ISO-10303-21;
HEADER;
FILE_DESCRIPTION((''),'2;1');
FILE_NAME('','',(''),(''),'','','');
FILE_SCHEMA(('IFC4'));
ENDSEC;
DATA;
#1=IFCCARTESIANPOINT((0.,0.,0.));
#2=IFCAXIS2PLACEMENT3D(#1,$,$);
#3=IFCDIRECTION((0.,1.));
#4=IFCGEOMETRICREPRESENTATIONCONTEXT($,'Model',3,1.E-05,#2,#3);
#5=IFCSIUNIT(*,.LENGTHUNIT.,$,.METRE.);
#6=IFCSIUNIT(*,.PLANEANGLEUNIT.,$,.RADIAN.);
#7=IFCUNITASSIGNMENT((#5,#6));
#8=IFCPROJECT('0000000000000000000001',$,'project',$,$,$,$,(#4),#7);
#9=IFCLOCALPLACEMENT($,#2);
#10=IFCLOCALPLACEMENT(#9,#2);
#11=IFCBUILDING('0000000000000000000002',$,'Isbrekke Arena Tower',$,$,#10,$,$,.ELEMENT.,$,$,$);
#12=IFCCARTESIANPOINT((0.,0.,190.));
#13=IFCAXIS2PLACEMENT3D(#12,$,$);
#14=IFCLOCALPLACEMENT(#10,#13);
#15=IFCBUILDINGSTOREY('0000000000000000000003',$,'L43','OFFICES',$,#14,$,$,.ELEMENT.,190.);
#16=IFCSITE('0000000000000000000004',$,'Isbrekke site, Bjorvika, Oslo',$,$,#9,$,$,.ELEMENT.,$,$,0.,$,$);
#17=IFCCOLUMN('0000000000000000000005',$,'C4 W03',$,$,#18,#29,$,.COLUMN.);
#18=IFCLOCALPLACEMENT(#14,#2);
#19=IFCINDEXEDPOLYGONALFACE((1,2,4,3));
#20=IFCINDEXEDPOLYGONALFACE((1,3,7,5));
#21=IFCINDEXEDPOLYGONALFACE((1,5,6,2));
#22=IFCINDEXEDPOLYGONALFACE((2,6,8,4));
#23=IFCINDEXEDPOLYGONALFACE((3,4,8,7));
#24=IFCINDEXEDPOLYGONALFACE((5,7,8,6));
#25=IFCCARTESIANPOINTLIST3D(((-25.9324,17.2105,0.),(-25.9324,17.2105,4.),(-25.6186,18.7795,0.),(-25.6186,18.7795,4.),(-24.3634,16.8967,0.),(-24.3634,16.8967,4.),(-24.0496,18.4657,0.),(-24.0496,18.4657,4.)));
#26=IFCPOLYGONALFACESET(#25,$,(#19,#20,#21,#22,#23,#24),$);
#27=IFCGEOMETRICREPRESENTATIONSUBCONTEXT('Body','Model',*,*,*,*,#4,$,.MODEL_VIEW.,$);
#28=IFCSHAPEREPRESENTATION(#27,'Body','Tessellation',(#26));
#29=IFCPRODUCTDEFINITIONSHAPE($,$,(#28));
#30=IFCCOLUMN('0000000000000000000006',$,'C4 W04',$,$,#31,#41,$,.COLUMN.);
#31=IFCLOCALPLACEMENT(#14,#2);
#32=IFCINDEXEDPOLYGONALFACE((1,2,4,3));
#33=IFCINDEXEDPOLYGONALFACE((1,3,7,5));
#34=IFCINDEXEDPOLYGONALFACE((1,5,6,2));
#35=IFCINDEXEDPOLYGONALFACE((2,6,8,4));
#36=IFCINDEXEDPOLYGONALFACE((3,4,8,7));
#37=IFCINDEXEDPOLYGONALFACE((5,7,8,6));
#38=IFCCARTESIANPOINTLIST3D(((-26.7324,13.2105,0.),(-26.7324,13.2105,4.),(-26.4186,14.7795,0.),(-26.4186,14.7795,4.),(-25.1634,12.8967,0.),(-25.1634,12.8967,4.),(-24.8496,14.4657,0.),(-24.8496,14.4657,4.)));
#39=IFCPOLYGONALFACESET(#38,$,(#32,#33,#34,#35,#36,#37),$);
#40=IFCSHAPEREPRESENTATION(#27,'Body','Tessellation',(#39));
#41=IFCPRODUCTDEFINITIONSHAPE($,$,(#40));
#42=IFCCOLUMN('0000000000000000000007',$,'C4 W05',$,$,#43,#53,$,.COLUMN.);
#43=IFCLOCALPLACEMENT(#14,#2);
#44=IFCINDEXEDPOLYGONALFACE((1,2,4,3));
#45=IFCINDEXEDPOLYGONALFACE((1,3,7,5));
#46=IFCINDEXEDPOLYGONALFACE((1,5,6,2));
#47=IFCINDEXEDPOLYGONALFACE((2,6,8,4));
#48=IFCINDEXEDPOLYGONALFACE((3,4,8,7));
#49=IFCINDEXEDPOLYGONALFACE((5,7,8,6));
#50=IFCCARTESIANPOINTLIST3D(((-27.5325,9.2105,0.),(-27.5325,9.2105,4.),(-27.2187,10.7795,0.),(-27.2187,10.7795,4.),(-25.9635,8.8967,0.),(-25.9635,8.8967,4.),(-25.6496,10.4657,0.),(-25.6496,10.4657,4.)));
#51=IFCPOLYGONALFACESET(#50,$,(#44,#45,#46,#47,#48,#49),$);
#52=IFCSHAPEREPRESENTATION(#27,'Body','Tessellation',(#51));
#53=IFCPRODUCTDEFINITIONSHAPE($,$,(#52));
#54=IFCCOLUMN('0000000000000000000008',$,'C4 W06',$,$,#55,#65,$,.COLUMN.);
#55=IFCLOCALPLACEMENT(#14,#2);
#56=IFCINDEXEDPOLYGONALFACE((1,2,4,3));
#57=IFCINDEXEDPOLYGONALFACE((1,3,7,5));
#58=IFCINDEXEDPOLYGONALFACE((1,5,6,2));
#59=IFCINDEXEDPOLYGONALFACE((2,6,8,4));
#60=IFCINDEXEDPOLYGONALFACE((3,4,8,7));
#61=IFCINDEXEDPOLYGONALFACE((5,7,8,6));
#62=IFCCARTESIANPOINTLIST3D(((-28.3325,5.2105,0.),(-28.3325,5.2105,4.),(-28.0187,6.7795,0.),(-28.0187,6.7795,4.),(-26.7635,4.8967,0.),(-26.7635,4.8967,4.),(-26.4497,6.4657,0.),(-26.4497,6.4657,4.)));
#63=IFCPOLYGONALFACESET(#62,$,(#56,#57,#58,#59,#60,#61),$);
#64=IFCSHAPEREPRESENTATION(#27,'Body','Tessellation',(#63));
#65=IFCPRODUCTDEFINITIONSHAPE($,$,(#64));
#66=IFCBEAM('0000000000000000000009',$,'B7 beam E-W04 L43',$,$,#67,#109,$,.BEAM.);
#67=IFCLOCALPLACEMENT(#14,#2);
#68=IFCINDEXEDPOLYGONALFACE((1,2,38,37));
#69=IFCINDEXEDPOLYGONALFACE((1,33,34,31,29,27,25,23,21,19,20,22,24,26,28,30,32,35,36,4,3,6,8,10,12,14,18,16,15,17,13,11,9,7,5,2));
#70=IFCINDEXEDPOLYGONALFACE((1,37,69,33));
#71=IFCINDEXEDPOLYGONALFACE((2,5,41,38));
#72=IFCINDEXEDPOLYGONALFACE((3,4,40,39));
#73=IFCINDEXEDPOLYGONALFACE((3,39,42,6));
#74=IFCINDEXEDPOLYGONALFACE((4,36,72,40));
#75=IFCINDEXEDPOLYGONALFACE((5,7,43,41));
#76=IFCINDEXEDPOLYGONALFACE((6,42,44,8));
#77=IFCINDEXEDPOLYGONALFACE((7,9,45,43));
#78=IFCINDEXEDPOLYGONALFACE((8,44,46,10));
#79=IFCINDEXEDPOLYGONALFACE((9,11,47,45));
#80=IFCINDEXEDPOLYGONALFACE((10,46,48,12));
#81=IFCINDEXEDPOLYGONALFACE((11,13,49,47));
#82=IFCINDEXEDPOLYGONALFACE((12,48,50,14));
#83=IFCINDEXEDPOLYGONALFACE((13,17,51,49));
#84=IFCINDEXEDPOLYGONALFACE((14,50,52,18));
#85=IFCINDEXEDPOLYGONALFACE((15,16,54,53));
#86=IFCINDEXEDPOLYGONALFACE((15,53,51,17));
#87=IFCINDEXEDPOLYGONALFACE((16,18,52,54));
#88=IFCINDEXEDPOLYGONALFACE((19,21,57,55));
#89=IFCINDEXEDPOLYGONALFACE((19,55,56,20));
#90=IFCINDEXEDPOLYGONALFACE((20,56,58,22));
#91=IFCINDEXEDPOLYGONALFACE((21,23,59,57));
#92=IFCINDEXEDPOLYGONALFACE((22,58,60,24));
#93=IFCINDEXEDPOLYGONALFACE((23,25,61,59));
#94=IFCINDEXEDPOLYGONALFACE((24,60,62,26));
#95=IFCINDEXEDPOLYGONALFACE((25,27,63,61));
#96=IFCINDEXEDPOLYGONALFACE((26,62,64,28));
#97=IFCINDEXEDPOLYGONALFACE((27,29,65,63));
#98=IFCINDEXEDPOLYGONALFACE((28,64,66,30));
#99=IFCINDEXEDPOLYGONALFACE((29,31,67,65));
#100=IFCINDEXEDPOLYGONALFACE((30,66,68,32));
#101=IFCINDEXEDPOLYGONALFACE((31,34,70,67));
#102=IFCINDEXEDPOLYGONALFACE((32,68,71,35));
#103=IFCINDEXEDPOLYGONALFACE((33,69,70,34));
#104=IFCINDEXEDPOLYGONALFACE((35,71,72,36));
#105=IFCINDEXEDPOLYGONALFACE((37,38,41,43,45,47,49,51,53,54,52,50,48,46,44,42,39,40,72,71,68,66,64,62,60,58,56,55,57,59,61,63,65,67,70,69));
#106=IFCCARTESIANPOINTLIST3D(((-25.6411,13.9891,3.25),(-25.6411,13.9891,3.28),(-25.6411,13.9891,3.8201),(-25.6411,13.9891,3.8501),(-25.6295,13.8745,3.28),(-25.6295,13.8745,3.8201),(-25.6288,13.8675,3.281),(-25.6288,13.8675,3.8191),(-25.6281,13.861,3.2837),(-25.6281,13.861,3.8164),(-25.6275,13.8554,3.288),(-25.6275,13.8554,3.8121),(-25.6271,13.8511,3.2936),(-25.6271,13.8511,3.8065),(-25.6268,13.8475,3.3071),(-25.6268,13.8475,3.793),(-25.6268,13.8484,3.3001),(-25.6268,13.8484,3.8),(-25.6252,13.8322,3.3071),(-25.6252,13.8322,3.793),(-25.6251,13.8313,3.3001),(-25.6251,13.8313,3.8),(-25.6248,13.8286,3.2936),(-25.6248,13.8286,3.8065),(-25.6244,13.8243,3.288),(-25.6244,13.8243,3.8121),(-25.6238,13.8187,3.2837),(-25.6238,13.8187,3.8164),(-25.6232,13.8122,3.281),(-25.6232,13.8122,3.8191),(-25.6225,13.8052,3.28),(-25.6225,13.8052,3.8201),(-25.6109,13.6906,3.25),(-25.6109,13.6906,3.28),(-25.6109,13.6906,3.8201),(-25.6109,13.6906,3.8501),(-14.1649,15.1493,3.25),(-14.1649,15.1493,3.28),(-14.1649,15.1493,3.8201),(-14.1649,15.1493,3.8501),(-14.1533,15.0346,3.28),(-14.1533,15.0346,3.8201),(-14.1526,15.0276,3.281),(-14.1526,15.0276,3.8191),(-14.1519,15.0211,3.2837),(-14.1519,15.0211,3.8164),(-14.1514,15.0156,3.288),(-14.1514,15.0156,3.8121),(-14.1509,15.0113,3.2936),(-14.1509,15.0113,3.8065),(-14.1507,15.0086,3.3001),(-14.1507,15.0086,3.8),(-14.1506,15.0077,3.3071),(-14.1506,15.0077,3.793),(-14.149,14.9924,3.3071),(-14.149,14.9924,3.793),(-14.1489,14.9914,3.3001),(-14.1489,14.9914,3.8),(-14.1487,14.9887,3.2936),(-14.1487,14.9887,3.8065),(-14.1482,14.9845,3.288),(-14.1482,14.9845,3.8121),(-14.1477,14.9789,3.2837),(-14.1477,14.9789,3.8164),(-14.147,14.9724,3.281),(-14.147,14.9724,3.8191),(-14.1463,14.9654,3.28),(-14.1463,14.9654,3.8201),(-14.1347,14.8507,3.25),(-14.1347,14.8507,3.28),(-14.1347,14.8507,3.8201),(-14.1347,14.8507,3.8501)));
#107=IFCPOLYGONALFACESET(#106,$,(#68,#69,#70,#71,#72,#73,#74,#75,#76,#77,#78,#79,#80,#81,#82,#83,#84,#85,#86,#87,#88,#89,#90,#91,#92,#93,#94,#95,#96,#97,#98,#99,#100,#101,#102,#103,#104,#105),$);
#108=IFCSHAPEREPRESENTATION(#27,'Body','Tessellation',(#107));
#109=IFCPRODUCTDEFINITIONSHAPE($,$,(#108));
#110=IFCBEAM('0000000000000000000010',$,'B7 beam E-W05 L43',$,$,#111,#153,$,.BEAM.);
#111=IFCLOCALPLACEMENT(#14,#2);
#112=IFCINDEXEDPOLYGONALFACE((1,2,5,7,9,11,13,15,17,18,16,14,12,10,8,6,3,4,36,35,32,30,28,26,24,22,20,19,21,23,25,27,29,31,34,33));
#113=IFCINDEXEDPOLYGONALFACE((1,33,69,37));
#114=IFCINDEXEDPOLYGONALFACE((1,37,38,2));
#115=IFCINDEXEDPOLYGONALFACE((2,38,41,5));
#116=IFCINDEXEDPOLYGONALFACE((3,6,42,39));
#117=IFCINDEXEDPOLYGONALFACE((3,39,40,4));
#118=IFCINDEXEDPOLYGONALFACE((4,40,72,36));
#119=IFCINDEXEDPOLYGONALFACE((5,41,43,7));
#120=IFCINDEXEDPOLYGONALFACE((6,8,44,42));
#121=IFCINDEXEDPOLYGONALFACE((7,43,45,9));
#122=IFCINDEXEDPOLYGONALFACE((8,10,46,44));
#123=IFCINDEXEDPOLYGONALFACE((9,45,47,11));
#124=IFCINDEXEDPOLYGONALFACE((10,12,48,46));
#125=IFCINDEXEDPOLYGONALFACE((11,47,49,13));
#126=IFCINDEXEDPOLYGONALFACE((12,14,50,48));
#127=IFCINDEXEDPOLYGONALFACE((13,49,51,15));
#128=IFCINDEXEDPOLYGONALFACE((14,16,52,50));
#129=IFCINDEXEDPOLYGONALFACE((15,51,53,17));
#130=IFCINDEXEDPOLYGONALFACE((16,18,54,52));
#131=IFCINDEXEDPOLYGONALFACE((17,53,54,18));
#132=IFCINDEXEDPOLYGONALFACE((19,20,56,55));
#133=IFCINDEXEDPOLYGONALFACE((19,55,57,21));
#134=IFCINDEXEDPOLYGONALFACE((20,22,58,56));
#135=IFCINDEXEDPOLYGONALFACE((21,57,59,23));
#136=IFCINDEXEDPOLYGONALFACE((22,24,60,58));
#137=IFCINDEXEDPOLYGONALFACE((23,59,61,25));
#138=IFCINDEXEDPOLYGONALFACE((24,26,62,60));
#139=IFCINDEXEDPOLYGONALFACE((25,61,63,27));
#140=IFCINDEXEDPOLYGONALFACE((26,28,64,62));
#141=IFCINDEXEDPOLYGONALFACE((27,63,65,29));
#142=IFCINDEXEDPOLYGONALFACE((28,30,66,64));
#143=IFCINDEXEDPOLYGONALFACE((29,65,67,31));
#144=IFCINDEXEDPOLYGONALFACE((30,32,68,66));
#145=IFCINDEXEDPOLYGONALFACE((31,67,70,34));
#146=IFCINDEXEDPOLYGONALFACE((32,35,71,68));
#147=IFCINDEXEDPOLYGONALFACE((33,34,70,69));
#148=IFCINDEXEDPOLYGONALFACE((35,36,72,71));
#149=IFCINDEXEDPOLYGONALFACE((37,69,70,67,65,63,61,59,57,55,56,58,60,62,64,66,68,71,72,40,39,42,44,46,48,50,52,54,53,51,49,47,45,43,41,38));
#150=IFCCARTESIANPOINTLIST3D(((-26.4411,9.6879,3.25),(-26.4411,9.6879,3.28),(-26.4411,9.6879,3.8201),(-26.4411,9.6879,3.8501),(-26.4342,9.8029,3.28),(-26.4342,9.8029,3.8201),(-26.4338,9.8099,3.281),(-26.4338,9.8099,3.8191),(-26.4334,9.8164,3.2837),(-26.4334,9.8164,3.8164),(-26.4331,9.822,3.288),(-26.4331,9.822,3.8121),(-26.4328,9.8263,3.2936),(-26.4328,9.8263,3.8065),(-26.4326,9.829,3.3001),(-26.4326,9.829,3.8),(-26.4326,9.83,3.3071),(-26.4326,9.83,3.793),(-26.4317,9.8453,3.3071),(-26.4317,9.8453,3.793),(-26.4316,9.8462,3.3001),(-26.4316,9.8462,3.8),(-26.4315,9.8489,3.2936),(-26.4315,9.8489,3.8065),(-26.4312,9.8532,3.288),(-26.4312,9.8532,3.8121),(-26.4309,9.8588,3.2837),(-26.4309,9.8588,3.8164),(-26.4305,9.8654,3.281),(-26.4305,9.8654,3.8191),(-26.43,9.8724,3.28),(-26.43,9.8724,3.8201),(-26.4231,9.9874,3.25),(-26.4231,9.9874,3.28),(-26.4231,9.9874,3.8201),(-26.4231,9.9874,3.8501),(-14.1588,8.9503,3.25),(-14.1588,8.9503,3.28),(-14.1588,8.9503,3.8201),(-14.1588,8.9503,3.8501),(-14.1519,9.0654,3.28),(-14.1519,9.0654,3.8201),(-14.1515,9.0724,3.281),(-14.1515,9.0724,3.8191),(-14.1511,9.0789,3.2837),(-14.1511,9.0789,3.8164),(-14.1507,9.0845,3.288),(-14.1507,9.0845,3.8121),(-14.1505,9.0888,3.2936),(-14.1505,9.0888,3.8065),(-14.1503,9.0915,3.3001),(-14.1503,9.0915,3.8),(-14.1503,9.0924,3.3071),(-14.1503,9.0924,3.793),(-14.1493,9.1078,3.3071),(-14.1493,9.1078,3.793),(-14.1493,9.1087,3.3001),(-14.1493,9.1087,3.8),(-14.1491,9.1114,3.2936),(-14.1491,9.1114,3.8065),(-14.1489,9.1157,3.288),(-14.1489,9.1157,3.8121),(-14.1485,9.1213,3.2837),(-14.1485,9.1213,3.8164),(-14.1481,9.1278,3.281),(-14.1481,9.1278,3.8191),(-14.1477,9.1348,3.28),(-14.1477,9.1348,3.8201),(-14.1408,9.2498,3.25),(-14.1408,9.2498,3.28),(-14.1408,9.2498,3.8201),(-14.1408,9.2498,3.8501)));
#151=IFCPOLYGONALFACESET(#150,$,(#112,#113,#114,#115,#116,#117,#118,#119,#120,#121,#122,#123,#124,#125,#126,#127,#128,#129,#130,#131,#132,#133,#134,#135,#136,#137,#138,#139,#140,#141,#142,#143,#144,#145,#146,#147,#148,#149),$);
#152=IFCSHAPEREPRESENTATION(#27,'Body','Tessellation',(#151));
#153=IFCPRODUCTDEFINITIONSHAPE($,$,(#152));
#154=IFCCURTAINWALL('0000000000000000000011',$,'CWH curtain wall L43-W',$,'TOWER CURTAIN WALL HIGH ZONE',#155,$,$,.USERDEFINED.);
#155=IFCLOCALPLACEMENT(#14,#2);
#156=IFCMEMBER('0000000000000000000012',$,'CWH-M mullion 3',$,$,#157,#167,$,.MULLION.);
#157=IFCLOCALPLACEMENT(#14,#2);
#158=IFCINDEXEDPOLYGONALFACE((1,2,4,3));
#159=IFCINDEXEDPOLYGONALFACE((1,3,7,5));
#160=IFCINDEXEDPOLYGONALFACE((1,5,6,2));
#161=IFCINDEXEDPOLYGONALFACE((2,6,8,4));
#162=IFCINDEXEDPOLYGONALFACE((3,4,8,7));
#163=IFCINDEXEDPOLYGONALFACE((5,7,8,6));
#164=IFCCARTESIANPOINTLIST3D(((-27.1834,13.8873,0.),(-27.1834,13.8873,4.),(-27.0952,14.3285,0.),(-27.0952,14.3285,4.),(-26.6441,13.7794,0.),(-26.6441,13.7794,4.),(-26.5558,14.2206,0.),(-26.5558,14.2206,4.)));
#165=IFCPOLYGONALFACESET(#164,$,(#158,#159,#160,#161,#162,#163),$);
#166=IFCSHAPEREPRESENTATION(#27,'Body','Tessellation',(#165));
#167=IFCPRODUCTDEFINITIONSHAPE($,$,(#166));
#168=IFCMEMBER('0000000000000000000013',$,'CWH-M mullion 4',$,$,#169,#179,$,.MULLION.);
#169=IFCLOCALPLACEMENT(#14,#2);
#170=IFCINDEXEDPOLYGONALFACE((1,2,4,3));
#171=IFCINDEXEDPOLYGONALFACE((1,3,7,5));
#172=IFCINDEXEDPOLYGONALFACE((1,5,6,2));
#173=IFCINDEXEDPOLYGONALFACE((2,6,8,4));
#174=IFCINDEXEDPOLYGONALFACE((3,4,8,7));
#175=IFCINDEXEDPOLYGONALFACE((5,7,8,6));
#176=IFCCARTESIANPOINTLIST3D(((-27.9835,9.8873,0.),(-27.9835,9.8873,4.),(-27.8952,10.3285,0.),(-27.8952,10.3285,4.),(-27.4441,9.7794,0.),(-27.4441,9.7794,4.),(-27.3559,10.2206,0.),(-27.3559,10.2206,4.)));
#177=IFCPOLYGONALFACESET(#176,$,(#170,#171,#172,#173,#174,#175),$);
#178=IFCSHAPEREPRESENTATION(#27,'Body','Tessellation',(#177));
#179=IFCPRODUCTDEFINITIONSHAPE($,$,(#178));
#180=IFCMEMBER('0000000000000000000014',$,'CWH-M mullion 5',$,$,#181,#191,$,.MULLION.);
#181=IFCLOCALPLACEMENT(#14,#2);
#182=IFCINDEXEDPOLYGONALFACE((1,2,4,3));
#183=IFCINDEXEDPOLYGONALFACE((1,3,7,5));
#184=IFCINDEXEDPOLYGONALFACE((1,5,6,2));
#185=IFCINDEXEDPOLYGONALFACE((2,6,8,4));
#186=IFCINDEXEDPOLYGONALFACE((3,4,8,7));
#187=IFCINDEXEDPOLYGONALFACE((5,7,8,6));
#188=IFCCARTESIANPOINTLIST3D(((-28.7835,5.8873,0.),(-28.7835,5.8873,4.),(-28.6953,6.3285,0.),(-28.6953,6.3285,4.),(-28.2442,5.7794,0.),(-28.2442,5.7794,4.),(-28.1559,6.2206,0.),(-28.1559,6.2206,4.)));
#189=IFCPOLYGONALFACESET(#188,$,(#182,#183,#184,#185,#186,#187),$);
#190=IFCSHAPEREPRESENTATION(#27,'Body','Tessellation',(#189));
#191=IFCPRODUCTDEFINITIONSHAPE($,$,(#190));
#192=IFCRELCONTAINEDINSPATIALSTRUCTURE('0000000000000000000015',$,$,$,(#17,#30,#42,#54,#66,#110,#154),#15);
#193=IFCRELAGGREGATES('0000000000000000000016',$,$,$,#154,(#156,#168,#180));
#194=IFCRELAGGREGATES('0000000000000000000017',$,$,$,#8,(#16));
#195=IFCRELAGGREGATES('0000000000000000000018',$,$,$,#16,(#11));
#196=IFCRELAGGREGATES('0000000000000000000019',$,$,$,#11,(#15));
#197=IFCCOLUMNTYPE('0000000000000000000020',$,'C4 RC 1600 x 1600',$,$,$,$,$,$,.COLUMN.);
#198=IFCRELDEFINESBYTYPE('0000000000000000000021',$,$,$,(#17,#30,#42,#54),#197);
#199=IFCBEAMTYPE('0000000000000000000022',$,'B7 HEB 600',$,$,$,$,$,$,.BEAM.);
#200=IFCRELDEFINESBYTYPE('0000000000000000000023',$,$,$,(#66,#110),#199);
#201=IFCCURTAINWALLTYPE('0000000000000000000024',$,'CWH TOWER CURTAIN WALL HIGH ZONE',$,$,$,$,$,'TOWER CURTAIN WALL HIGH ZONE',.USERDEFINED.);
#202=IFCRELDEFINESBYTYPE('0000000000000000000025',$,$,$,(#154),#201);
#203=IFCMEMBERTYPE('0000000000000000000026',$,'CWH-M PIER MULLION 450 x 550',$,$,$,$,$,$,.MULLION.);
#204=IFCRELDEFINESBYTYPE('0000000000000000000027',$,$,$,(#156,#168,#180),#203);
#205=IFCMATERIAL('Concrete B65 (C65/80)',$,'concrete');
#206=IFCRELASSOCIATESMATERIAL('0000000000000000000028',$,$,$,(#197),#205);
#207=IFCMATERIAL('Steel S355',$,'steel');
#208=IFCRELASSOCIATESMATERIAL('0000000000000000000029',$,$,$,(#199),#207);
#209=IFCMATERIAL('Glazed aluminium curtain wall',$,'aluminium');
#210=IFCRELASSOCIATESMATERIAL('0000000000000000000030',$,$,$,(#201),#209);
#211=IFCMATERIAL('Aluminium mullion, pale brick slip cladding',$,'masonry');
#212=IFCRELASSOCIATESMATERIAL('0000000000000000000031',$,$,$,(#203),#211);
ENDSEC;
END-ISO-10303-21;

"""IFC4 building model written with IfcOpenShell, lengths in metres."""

from ifc_helpers import new_model, si_unit, direction, frame, origin, origin_2d, place, context, subcontext, project, spatial, rectangle, i_section, extrude, material, material_profile, profile_set, type_object, element, aggregate, save


model = new_model("IFC4")

# Units and contexts
model_context = context("Model", 3, precision=1e-05, world=origin(), true_north=direction((0.0, 1.0)))
body_context = subcontext(model_context, "Body", "Model", "MODEL_VIEW")
ifc_project = project(units=[si_unit("LENGTHUNIT", "METRE"), si_unit("PLANEANGLEUNIT", "RADIAN")], contexts=[model_context])

# Site, building, storey
site_placement = place(None, origin())
site = spatial("IfcSite", under=ifc_project, at=site_placement, Name="Isbrekke site, Bjorvika, Oslo", CompositionType="ELEMENT", RefElevation=0.0)
building_placement = place(site_placement, origin())
building = spatial("IfcBuilding", under=site, at=building_placement, Name="Isbrekke Arena Tower", CompositionType="ELEMENT")
storey_placement = place(building_placement, frame((0.0, 0.0, 190.0)))
storey = spatial("IfcBuildingStorey", under=building, at=storey_placement, Name="L43", Description="OFFICES", CompositionType="ELEMENT", Elevation=190.0)

# Columns
ifc_material_1 = material(Name="Concrete B65 (C65/80)", Category="concrete")
ifc_material_profile_1 = material_profile(ifc_material_1, rectangle(XDim=1.6001, YDim=1.6001, at=origin_2d()), Name="RC 1600x1600")
ifc_profile_set_1 = profile_set([ifc_material_profile_1], Name="Concrete B65 (C65/80)")
column_type = type_object("IfcColumnType", Name="C4 RC 1600 x 1600", PredefinedType="COLUMN", material=ifc_profile_set_1)
for number, where, z_axis, x_axis, name in (
    (1, (-24.991, 17.8381, 0.0), (0.0, 0.0, 1.0), (-0.196116, -0.980581, 0.0), "C4 W03"),
    (2, (-25.791, 13.8381, 0.0), (0.0, 0.0, 1.0), (-0.196116, -0.980581, 0.0), "C4 W04"),
    (3, (-26.5911, 9.8381, 0.0), (0.0, 0.0, 1.0), (-0.196116, -0.980581, 0.0), "C4 W05"),
    (4, (-27.3911, 5.8381, 0.0), (0.0, 0.0, 1.0), (-0.196116, -0.980581, 0.0), "C4 W06"),
):
    element("IfcColumn", number, at=place(storey_placement, frame(where, z_axis=z_axis, x_axis=x_axis)), inside=storey, type_object=column_type, Name=name, PredefinedType="COLUMN", context=body_context, shape_type="SweptSolid", body=[
        extrude(rectangle(XDim=1.6001, YDim=1.6001, at=origin_2d()), origin(), (0.0, 0.0, 1.0), 4.0),
    ])

# Beams
ifc_material_2 = material(Name="Steel S355", Category="steel")
ifc_material_profile_2 = material_profile(ifc_material_2, i_section(OverallWidth=0.3, OverallDepth=0.6001, WebThickness=0.0154, FlangeThickness=0.03, FilletRadius=0.0271, at=origin_2d()), Name="HEB 600")
ifc_profile_set_2 = profile_set([ifc_material_profile_2], Name="Steel S355")
beam_type_1 = type_object("IfcBeamType", Name="B7 HEB 600", PredefinedType="BEAM", material=ifc_profile_set_2)
beam_1_placement = place(storey_placement, frame((-25.626, 13.8398, 3.55), z_axis=(0.994929, 0.100581, 0.0), x_axis=(-0.100581, 0.994929, 0.0)))
element("IfcBeam", 5, at=beam_1_placement, inside=storey, type_object=beam_type_1, Name="B7 beam E-W04 L43", PredefinedType="BEAM", context=body_context, shape_type="SweptSolid", body=[
    extrude(i_section(OverallWidth=0.3, OverallDepth=0.6001, WebThickness=0.0154, FlangeThickness=0.03, FilletRadius=0.0271, at=origin_2d()), origin(), (0.0, 0.0, 1.0), 11.5347),
])
beam_2_placement = place(storey_placement, frame((-26.4321, 9.8376, 3.55), z_axis=(0.998202, -0.059942, 0.0), x_axis=(0.059942, 0.998202, 0.0)))
element("IfcBeam", 6, at=beam_2_placement, inside=storey, type_object=beam_type_1, Name="B7 beam E-W05 L43", PredefinedType="BEAM", context=body_context, shape_type="SweptSolid", body=[
    extrude(i_section(OverallWidth=0.3, OverallDepth=0.6001, WebThickness=0.0154, FlangeThickness=0.03, FilletRadius=0.0271, at=origin_2d()), origin(), (0.0, 0.0, 1.0), 12.3044),
])

# Curtain wall, members
ifc_material_3 = material(Name="Glazed aluminium curtain wall", Category="aluminium")
curtain_wall_type = type_object("IfcCurtainWallType", Name="CWH TOWER CURTAIN WALL HIGH ZONE", ElementType="TOWER CURTAIN WALL HIGH ZONE", PredefinedType="USERDEFINED", material=ifc_material_3)
curtain_wall_placement = place(storey_placement, origin())
curtain_wall = element("IfcCurtainWall", 7, at=curtain_wall_placement, inside=storey, type_object=curtain_wall_type, Name="CWH curtain wall L43-W", ObjectType="TOWER CURTAIN WALL HIGH ZONE", PredefinedType="USERDEFINED")
ifc_material_4 = material(Name="Aluminium mullion, pale brick slip cladding", Category="masonry")
ifc_material_profile_3 = material_profile(ifc_material_4, rectangle(XDim=0.45, YDim=0.55, at=origin_2d()), Name="PIER 450X550")
ifc_profile_set_3 = profile_set([ifc_material_profile_3], Name="Aluminium mullion, pale brick slip cladding")
member_type_1 = type_object("IfcMemberType", Name="CWH-M PIER MULLION 450 x 550", PredefinedType="MULLION", material=ifc_profile_set_3)
member_1_placement = place(storey_placement, frame((-26.8696, 14.054, 0.0), z_axis=(0.0, 0.0, 1.0), x_axis=(-0.196116, -0.980581, 0.0)))
member_1 = element("IfcMember", 8, at=member_1_placement, type_object=member_type_1, Name="CWH-M mullion 3", PredefinedType="MULLION", context=body_context, shape_type="SweptSolid", body=[
    extrude(rectangle(XDim=0.45, YDim=0.55, at=origin_2d()), origin(), (0.0, 0.0, 1.0), 4.0),
])
member_2_placement = place(storey_placement, frame((-27.6697, 10.054, 0.0), z_axis=(0.0, 0.0, 1.0), x_axis=(-0.196116, -0.980581, 0.0)))
member_2 = element("IfcMember", 9, at=member_2_placement, type_object=member_type_1, Name="CWH-M mullion 4", PredefinedType="MULLION", context=body_context, shape_type="SweptSolid", body=[
    extrude(rectangle(XDim=0.45, YDim=0.55, at=origin_2d()), origin(), (0.0, 0.0, 1.0), 4.0),
])
member_3_placement = place(storey_placement, frame((-28.4697, 6.054, 0.0), z_axis=(0.0, 0.0, 1.0), x_axis=(-0.196116, -0.980581, 0.0)))
member_3 = element("IfcMember", 10, at=member_3_placement, type_object=member_type_1, Name="CWH-M mullion 5", PredefinedType="MULLION", context=body_context, shape_type="SweptSolid", body=[
    extrude(rectangle(XDim=0.45, YDim=0.55, at=origin_2d()), origin(), (0.0, 0.0, 1.0), 4.0),
])

aggregate(curtain_wall, [member_1, member_2, member_3])

save(model, "model.ifc")
